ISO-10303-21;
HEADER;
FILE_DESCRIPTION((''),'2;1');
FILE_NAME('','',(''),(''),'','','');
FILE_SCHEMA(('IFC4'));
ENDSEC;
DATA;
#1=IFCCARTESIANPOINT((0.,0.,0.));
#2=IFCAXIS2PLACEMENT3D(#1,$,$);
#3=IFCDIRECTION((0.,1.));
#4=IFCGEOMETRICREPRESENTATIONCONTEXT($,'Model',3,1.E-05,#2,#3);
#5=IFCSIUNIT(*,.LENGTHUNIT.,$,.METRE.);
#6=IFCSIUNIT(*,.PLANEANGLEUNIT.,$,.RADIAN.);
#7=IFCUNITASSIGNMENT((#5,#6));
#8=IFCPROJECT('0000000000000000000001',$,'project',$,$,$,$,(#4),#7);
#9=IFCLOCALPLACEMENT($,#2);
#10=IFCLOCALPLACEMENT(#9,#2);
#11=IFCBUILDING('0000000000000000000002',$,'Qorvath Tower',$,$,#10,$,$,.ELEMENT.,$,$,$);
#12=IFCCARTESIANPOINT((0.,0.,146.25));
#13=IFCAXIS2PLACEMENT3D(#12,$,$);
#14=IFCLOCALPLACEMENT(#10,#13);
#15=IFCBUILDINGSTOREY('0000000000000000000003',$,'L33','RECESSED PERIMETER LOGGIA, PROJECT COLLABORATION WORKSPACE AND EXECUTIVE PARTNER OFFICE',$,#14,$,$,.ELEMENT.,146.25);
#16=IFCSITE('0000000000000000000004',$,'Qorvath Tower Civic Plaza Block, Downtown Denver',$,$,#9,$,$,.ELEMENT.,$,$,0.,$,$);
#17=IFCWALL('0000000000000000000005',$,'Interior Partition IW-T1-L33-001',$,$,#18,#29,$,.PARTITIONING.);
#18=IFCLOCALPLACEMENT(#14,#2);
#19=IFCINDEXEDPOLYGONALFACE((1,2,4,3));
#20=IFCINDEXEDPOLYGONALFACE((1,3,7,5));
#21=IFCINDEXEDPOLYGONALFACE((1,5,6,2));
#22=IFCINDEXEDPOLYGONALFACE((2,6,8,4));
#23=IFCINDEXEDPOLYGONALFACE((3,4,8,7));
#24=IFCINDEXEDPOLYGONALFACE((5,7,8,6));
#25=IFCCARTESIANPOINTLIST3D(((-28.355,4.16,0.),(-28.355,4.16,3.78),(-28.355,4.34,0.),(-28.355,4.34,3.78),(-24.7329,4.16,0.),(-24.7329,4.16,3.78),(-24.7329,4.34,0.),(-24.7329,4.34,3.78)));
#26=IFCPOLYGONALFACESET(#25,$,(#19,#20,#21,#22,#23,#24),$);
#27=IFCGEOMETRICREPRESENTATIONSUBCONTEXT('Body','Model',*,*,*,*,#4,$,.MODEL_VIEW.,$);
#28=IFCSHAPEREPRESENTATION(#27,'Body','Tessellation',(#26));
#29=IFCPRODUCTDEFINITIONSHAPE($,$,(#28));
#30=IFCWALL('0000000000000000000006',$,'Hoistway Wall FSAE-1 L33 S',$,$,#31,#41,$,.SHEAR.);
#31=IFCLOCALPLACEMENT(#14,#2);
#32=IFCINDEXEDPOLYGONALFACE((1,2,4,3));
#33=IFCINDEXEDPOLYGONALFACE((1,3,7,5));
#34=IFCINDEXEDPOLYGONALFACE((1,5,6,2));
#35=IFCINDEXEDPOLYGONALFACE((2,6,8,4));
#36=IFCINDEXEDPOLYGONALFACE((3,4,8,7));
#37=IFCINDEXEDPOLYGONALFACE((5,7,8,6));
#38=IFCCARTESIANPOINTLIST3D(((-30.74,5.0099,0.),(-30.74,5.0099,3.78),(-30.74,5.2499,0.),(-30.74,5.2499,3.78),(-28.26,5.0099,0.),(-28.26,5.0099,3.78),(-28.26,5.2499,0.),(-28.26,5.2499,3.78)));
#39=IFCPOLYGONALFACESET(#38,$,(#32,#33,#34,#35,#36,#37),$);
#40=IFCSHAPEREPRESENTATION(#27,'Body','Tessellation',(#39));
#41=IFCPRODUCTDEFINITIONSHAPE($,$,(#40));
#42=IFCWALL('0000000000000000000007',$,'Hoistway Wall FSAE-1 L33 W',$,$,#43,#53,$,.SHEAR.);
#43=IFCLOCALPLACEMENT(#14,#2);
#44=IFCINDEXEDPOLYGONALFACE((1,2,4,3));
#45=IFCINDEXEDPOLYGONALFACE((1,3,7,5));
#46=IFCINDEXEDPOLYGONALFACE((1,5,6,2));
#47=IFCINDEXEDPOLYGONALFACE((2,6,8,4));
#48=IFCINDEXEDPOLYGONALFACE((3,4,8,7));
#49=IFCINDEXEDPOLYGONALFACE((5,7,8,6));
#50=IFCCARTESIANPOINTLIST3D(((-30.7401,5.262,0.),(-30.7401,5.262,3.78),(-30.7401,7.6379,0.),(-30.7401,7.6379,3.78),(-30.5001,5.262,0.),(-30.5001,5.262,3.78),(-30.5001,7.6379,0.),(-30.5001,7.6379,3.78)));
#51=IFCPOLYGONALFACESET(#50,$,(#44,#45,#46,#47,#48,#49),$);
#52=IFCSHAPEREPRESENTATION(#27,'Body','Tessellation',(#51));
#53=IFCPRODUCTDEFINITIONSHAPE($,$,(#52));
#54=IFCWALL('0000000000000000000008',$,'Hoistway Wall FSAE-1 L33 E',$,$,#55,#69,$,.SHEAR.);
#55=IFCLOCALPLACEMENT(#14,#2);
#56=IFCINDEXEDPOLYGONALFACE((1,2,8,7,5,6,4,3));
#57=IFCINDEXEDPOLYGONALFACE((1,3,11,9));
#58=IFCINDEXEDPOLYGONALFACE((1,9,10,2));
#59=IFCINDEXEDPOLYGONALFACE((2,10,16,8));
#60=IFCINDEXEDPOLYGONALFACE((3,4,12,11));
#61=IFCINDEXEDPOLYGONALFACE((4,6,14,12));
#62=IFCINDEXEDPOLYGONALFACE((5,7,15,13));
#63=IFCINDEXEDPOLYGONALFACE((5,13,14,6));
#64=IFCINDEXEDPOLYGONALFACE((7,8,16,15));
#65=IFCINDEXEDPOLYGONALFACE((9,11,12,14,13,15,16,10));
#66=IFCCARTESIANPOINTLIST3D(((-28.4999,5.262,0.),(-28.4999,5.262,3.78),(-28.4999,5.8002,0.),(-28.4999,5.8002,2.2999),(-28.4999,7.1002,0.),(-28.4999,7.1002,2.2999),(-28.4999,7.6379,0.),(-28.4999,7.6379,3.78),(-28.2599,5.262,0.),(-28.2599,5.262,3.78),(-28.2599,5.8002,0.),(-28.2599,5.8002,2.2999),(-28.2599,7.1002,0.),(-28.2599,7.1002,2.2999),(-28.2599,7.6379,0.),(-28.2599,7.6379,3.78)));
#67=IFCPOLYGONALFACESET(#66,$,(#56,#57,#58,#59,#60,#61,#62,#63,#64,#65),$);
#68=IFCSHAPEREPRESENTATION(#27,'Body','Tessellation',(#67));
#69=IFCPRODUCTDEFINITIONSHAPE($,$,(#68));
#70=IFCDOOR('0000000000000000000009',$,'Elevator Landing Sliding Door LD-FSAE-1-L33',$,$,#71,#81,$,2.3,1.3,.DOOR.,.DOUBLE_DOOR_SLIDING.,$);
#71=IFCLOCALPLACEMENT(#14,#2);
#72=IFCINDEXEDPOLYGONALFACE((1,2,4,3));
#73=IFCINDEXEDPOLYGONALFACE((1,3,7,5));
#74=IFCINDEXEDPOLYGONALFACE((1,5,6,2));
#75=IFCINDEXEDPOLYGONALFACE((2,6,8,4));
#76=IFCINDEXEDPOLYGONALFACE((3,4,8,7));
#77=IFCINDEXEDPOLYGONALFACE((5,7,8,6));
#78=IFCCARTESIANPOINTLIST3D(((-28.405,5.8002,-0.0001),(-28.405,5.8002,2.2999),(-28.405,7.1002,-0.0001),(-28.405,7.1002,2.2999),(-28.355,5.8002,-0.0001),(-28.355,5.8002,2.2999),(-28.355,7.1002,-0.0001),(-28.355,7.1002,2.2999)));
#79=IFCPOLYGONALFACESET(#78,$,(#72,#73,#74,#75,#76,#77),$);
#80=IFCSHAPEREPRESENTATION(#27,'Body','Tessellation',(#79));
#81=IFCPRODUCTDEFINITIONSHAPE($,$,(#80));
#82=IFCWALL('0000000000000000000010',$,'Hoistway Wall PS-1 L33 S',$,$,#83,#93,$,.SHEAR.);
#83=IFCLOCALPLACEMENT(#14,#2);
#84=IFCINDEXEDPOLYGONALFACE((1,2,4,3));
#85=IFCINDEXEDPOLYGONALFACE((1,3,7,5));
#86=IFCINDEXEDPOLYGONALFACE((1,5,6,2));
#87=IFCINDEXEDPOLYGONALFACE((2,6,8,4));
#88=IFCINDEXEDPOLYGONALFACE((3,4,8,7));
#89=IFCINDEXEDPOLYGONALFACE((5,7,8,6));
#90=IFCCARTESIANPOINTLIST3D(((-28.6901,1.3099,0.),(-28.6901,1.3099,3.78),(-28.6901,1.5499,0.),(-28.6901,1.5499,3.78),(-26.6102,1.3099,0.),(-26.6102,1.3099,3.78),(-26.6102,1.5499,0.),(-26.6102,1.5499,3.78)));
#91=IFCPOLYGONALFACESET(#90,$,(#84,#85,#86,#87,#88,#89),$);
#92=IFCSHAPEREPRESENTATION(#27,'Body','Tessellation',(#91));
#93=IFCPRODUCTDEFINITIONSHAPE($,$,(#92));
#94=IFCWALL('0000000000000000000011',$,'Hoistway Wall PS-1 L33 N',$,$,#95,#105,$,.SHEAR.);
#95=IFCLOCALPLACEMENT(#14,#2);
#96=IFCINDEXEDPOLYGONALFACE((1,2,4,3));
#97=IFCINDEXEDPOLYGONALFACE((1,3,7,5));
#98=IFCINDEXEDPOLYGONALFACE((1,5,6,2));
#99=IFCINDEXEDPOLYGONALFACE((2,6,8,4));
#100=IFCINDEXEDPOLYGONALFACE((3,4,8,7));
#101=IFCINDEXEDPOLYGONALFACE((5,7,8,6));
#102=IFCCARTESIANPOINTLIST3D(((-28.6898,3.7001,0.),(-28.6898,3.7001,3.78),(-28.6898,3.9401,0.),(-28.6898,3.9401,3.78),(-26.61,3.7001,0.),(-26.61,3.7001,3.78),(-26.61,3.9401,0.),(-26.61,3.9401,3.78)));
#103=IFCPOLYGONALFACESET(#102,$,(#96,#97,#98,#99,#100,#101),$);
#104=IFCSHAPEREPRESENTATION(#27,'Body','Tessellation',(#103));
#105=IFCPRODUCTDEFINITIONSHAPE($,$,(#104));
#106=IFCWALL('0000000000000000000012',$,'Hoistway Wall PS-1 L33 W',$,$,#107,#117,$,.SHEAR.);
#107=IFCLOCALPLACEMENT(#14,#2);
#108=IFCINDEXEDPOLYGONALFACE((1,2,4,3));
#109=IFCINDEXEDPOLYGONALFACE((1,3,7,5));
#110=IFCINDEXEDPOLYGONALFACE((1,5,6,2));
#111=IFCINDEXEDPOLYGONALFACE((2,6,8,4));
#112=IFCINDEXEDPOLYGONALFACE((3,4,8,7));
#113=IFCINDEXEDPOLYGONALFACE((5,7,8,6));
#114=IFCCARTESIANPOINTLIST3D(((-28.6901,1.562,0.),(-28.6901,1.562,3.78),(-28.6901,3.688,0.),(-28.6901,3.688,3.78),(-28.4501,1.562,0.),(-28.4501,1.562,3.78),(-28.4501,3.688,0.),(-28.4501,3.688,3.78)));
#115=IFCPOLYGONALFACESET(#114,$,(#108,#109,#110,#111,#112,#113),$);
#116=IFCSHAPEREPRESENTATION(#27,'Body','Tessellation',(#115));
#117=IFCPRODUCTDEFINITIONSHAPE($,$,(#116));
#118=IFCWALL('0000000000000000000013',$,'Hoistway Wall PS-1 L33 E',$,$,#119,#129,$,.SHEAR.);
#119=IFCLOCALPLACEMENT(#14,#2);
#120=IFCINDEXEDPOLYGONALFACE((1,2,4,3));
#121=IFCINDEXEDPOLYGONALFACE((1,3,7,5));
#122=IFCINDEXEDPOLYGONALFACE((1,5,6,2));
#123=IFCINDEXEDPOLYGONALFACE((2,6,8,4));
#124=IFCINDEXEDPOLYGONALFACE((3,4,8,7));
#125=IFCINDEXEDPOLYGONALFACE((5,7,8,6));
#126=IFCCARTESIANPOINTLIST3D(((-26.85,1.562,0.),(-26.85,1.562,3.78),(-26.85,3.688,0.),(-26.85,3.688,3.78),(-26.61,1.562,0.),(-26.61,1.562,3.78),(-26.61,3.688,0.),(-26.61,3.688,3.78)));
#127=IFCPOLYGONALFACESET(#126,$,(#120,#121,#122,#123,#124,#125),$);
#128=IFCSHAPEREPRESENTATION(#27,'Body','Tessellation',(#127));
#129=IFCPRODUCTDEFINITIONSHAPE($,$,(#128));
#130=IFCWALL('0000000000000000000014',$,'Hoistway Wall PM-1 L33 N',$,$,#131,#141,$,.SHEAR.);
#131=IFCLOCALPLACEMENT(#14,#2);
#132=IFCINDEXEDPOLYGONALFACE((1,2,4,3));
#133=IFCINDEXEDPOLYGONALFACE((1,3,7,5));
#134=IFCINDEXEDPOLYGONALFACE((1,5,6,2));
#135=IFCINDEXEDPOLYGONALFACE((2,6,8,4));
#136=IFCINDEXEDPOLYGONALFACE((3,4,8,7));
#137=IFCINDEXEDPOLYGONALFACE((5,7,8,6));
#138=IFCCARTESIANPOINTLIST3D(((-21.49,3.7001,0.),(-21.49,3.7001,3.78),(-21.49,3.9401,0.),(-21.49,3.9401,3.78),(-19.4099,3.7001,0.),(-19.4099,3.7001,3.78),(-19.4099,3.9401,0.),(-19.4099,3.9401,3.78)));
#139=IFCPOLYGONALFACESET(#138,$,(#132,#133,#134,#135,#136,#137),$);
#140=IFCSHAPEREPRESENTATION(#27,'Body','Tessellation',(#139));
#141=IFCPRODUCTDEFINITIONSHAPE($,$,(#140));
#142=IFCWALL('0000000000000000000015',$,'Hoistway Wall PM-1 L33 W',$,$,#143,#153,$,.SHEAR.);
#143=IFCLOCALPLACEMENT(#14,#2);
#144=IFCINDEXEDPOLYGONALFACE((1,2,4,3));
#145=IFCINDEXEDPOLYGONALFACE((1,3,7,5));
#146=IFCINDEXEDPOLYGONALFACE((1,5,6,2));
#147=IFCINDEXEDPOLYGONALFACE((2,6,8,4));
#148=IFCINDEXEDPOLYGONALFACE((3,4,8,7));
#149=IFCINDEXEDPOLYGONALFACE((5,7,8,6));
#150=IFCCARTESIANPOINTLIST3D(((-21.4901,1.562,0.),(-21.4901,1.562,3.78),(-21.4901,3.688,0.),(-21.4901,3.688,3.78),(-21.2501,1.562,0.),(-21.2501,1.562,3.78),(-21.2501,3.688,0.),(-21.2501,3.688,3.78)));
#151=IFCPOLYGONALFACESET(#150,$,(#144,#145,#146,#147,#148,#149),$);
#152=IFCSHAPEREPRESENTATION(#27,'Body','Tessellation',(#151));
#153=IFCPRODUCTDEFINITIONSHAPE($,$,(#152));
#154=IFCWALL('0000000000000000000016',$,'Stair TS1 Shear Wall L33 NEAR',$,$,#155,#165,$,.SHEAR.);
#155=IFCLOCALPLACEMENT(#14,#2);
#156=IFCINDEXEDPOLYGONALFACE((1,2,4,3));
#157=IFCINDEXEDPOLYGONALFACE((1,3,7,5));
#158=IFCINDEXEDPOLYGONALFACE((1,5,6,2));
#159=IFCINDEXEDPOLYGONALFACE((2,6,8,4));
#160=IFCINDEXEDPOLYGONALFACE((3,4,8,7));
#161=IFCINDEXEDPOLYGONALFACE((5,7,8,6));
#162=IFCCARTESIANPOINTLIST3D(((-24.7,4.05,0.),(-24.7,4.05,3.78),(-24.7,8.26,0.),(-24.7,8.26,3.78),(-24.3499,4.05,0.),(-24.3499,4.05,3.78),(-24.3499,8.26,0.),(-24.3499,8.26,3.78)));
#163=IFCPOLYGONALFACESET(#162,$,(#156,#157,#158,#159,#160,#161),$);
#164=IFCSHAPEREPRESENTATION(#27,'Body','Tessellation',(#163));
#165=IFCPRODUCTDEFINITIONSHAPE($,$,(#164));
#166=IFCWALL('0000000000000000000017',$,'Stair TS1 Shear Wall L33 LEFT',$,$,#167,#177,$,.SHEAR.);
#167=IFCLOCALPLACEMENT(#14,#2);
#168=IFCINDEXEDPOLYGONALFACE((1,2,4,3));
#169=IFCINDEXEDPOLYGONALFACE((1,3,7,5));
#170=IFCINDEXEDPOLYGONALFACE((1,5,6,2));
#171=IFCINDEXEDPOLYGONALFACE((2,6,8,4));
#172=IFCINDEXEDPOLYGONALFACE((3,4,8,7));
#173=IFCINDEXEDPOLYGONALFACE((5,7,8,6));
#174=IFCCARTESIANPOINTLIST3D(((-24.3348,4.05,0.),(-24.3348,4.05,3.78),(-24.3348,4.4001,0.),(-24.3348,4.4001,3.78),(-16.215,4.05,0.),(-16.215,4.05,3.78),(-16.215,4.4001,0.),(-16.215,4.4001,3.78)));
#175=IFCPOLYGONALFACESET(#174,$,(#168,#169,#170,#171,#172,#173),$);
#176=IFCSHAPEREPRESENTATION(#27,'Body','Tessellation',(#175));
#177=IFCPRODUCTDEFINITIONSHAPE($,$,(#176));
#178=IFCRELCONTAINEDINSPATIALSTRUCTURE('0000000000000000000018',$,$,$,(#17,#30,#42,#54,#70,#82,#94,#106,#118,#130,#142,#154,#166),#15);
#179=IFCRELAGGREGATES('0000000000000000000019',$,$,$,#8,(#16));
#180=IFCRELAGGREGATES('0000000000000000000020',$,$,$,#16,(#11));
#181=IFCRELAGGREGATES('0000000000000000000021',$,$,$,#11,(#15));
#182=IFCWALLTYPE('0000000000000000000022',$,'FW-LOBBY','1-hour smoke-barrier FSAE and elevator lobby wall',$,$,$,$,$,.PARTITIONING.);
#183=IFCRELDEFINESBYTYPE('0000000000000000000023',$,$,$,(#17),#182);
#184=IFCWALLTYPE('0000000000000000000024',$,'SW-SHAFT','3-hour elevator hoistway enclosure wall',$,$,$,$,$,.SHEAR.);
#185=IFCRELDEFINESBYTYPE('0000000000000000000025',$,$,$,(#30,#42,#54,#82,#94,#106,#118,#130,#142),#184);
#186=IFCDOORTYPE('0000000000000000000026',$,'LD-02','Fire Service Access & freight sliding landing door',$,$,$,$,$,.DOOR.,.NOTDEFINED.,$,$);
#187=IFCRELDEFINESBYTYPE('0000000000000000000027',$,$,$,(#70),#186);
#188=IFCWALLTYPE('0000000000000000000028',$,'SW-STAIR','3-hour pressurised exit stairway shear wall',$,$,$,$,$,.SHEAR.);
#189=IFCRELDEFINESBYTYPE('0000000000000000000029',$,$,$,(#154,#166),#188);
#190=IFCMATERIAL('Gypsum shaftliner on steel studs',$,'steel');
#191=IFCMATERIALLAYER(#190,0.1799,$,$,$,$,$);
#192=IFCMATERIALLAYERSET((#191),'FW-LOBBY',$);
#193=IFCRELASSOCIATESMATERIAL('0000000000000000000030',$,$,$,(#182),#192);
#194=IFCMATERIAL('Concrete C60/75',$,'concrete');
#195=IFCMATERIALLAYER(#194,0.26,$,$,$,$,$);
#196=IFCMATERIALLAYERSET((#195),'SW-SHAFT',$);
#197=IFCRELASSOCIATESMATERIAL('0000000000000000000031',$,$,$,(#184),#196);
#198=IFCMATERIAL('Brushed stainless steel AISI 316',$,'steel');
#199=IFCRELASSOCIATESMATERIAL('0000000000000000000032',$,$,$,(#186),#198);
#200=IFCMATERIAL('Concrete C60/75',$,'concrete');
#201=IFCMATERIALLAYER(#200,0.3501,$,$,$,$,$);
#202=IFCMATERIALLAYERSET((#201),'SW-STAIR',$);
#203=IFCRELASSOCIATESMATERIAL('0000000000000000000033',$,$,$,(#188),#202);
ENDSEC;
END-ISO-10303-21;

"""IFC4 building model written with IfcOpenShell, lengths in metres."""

from ifc_helpers import new_model, si_unit, direction, frame, frame_2d, origin, place, context, subcontext, project, spatial, rectangle, extrude, material, layer, layer_set, type_object, element, fill, save


model = new_model("IFC4")

# Units and contexts
model_context = context("Model", 3, precision=1e-05, world=origin(), true_north=direction((0.0, 1.0)))
body_context = subcontext(model_context, "Body", "Model", "MODEL_VIEW")
ifc_project = project(units=[si_unit("LENGTHUNIT", "METRE"), si_unit("PLANEANGLEUNIT", "RADIAN")], contexts=[model_context])

# Site, building, storey
site_placement = place(None, origin())
site = spatial("IfcSite", under=ifc_project, at=site_placement, Name="Qorvath Tower Civic Plaza Block, Downtown Denver", CompositionType="ELEMENT", RefElevation=0.0)
building_placement = place(site_placement, origin())
building = spatial("IfcBuilding", under=site, at=building_placement, Name="Qorvath Tower", CompositionType="ELEMENT")
storey_placement = place(building_placement, frame((0.0, 0.0, 146.25)))
storey = spatial("IfcBuildingStorey", under=building, at=storey_placement, Name="L33", Description="RECESSED PERIMETER LOGGIA, PROJECT COLLABORATION WORKSPACE AND EXECUTIVE PARTNER OFFICE", CompositionType="ELEMENT", Elevation=146.25)

# Wall
ifc_material_1 = material(Name="Gypsum shaftliner on steel studs", Category="steel")
ifc_layer_1 = layer(ifc_material_1, 0.1799)
ifc_layer_set_1 = layer_set([ifc_layer_1], Name="FW-LOBBY")
wall_type_1 = type_object("IfcWallType", Name="FW-LOBBY", Description="1-hour smoke-barrier FSAE and elevator lobby wall", PredefinedType="PARTITIONING", material=ifc_layer_set_1)
wall_1_placement = place(storey_placement, frame((-28.355, 4.25, 0.0), z_axis=(0.0, 0.0, 1.0), x_axis=(1.0, 0.0, 0.0)))
element("IfcWall", 1, at=wall_1_placement, inside=storey, type_object=wall_type_1, Name="Interior Partition IW-T1-L33-001", PredefinedType="PARTITIONING", context=body_context, shape_type="SweptSolid", body=[
    extrude(rectangle(XDim=3.6221, YDim=0.1799, at=frame_2d((1.811, 0.0))), origin(), (0.0, 0.0, 1.0), 3.78),
])

# Walls
ifc_material_2 = material(Name="Concrete C60/75", Category="concrete")
ifc_layer_2 = layer(ifc_material_2, 0.26)
ifc_layer_set_2 = layer_set([ifc_layer_2], Name="SW-SHAFT")
wall_type_2 = type_object("IfcWallType", Name="SW-SHAFT", Description="3-hour elevator hoistway enclosure wall", PredefinedType="SHEAR", material=ifc_layer_set_2)
wall_2_placement = place(storey_placement, frame((-28.26, 5.1299, 0.0), z_axis=(0.0, 0.0, 1.0), x_axis=(-1.0, 0.0, 0.0)))
element("IfcWall", 2, at=wall_2_placement, inside=storey, type_object=wall_type_2, Name="Hoistway Wall FSAE-1 L33 S", PredefinedType="SHEAR", context=body_context, shape_type="SweptSolid", body=[
    extrude(rectangle(XDim=2.48, YDim=0.24, at=frame_2d((1.24, 0.0))), origin(), (0.0, 0.0, 1.0), 3.78),
])
wall_3_placement = place(storey_placement, frame((-30.6201, 5.262, 0.0), z_axis=(0.0, 0.0, 1.0), x_axis=(0.0, 1.0, 0.0)))
element("IfcWall", 3, at=wall_3_placement, inside=storey, type_object=wall_type_2, Name="Hoistway Wall FSAE-1 L33 W", PredefinedType="SHEAR", context=body_context, shape_type="SweptSolid", body=[
    extrude(rectangle(XDim=2.376, YDim=0.24, at=frame_2d((1.188, 0.0))), origin(), (0.0, 0.0, 1.0), 3.78),
])

# Wall, opening, door
wall_4_placement = place(storey_placement, frame((-28.3799, 7.6379, 0.0), z_axis=(0.0, 0.0, 1.0), x_axis=(0.0, -1.0, 0.0)))
wall_4 = element("IfcWall", 4, at=wall_4_placement, inside=storey, type_object=wall_type_2, Name="Hoistway Wall FSAE-1 L33 E", PredefinedType="SHEAR", context=body_context, shape_type="SweptSolid", body=[
    extrude(rectangle(XDim=2.376, YDim=0.24, at=frame_2d((1.188, 0.0))), origin(), (0.0, 0.0, 1.0), 3.78),
])
opening_1_placement = place(wall_4_placement, frame((0.5378, 0.0, 0.0)))
opening_1 = element("IfcOpeningElement", 5, at=opening_1_placement, cuts=wall_4, PredefinedType="OPENING", context=body_context, shape_type="SweptSolid", body=[
    extrude(rectangle(XDim=1.3, YDim=2.3, at=frame_2d((0.6499, 1.1499))), frame((0.0, 0.1299, 0.0), z_axis=(0.0, -1.0, 0.0), x_axis=(1.0, 0.0, 0.0)), (0.0, 0.0, 1.0), 0.26),
])
ifc_material_3 = material(Name="Brushed stainless steel AISI 316", Category="steel")
door_type_1 = type_object("IfcDoorType", Name="LD-02", Description="Fire Service Access & freight sliding landing door", OperationType="NOTDEFINED", PredefinedType="DOOR", material=ifc_material_3)
door_1_placement = place(opening_1_placement, origin())
door_1 = element("IfcDoor", 6, at=door_1_placement, inside=storey, type_object=door_type_1, Name="Elevator Landing Sliding Door LD-FSAE-1-L33", OperationType="DOUBLE_DOOR_SLIDING", OverallHeight=2.3, OverallWidth=1.3, PredefinedType="DOOR", context=body_context, shape_type="SweptSolid", body=[
    extrude(rectangle(XDim=1.3, YDim=2.3, at=frame_2d((0.6499, 1.1499))), frame((0.0, 0.0249, 0.0), z_axis=(0.0, -1.0, 0.0), x_axis=(1.0, 0.0, 0.0)), (0.0, 0.0, 1.0), 0.05),
])
fill(opening_1, door_1)

# Walls
for number, where, z_axis, x_axis, name in (
    (7, (-26.6101, 1.4299, 0.0), (0.0, 0.0, 1.0), (-1.0, 0.0, 0.0), "Hoistway Wall PS-1 L33 S"),
    (8, (-28.6899, 3.8201, 0.0), (0.0, 0.0, 1.0), (1.0, 0.0, 0.0), "Hoistway Wall PS-1 L33 N"),
):
    element("IfcWall", number, at=place(storey_placement, frame(where, z_axis=z_axis, x_axis=x_axis)), inside=storey, type_object=wall_type_2, Name=name, PredefinedType="SHEAR", context=body_context, shape_type="SweptSolid", body=[
        extrude(rectangle(XDim=2.0798, YDim=0.24, at=frame_2d((1.04, 0.0))), origin(), (0.0, 0.0, 1.0), 3.78),
    ])
for number, where, z_axis, x_axis, name in (
    (9, (-28.5701, 1.562, 0.0), (0.0, 0.0, 1.0), (0.0, 1.0, 0.0), "Hoistway Wall PS-1 L33 W"),
    (10, (-26.73, 3.688, 0.0), (0.0, 0.0, 1.0), (0.0, -1.0, 0.0), "Hoistway Wall PS-1 L33 E"),
):
    element("IfcWall", number, at=place(storey_placement, frame(where, z_axis=z_axis, x_axis=x_axis)), inside=storey, type_object=wall_type_2, Name=name, PredefinedType="SHEAR", context=body_context, shape_type="SweptSolid", body=[
        extrude(rectangle(XDim=2.126, YDim=0.24, at=frame_2d((1.063, 0.0))), origin(), (0.0, 0.0, 1.0), 3.78),
    ])
wall_5_placement = place(storey_placement, frame((-21.49, 3.8201, 0.0), z_axis=(0.0, 0.0, 1.0), x_axis=(1.0, 0.0, 0.0)))
element("IfcWall", 11, at=wall_5_placement, inside=storey, type_object=wall_type_2, Name="Hoistway Wall PM-1 L33 N", PredefinedType="SHEAR", context=body_context, shape_type="SweptSolid", body=[
    extrude(rectangle(XDim=2.0801, YDim=0.24, at=frame_2d((1.04, 0.0))), origin(), (0.0, 0.0, 1.0), 3.78),
])
wall_6_placement = place(storey_placement, frame((-21.3701, 1.562, 0.0), z_axis=(0.0, 0.0, 1.0), x_axis=(0.0, 1.0, 0.0)))
element("IfcWall", 12, at=wall_6_placement, inside=storey, type_object=wall_type_2, Name="Hoistway Wall PM-1 L33 W", PredefinedType="SHEAR", context=body_context, shape_type="SweptSolid", body=[
    extrude(rectangle(XDim=2.126, YDim=0.24, at=frame_2d((1.063, 0.0))), origin(), (0.0, 0.0, 1.0), 3.78),
])
ifc_material_4 = material(Name="Concrete C60/75", Category="concrete")
ifc_layer_3 = layer(ifc_material_4, 0.3501)
ifc_layer_set_3 = layer_set([ifc_layer_3], Name="SW-STAIR")
wall_type_3 = type_object("IfcWallType", Name="SW-STAIR", Description="3-hour pressurised exit stairway shear wall", PredefinedType="SHEAR", material=ifc_layer_set_3)
wall_7_placement = place(storey_placement, frame((-24.5249, 8.26, 0.0), z_axis=(0.0, 0.0, 1.0), x_axis=(0.0, -1.0, 0.0)))
element("IfcWall", 13, at=wall_7_placement, inside=storey, type_object=wall_type_3, Name="Stair TS1 Shear Wall L33 NEAR", PredefinedType="SHEAR", context=body_context, shape_type="SweptSolid", body=[
    extrude(rectangle(XDim=4.21, YDim=0.3501, at=frame_2d((2.105, 0.0))), origin(), (0.0, 0.0, 1.0), 3.78),
])
wall_8_placement = place(storey_placement, frame((-24.335, 4.2251, 0.0), z_axis=(0.0, 0.0, 1.0), x_axis=(1.0, 0.0, 0.0)))
element("IfcWall", 14, at=wall_8_placement, inside=storey, type_object=wall_type_3, Name="Stair TS1 Shear Wall L33 LEFT", PredefinedType="SHEAR", context=body_context, shape_type="SweptSolid", body=[
    extrude(rectangle(XDim=8.1199, YDim=0.3501, at=frame_2d((4.0601, 0.0))), origin(), (0.0, 0.0, 1.0), 3.78),
])

save(model, "model.ifc")
